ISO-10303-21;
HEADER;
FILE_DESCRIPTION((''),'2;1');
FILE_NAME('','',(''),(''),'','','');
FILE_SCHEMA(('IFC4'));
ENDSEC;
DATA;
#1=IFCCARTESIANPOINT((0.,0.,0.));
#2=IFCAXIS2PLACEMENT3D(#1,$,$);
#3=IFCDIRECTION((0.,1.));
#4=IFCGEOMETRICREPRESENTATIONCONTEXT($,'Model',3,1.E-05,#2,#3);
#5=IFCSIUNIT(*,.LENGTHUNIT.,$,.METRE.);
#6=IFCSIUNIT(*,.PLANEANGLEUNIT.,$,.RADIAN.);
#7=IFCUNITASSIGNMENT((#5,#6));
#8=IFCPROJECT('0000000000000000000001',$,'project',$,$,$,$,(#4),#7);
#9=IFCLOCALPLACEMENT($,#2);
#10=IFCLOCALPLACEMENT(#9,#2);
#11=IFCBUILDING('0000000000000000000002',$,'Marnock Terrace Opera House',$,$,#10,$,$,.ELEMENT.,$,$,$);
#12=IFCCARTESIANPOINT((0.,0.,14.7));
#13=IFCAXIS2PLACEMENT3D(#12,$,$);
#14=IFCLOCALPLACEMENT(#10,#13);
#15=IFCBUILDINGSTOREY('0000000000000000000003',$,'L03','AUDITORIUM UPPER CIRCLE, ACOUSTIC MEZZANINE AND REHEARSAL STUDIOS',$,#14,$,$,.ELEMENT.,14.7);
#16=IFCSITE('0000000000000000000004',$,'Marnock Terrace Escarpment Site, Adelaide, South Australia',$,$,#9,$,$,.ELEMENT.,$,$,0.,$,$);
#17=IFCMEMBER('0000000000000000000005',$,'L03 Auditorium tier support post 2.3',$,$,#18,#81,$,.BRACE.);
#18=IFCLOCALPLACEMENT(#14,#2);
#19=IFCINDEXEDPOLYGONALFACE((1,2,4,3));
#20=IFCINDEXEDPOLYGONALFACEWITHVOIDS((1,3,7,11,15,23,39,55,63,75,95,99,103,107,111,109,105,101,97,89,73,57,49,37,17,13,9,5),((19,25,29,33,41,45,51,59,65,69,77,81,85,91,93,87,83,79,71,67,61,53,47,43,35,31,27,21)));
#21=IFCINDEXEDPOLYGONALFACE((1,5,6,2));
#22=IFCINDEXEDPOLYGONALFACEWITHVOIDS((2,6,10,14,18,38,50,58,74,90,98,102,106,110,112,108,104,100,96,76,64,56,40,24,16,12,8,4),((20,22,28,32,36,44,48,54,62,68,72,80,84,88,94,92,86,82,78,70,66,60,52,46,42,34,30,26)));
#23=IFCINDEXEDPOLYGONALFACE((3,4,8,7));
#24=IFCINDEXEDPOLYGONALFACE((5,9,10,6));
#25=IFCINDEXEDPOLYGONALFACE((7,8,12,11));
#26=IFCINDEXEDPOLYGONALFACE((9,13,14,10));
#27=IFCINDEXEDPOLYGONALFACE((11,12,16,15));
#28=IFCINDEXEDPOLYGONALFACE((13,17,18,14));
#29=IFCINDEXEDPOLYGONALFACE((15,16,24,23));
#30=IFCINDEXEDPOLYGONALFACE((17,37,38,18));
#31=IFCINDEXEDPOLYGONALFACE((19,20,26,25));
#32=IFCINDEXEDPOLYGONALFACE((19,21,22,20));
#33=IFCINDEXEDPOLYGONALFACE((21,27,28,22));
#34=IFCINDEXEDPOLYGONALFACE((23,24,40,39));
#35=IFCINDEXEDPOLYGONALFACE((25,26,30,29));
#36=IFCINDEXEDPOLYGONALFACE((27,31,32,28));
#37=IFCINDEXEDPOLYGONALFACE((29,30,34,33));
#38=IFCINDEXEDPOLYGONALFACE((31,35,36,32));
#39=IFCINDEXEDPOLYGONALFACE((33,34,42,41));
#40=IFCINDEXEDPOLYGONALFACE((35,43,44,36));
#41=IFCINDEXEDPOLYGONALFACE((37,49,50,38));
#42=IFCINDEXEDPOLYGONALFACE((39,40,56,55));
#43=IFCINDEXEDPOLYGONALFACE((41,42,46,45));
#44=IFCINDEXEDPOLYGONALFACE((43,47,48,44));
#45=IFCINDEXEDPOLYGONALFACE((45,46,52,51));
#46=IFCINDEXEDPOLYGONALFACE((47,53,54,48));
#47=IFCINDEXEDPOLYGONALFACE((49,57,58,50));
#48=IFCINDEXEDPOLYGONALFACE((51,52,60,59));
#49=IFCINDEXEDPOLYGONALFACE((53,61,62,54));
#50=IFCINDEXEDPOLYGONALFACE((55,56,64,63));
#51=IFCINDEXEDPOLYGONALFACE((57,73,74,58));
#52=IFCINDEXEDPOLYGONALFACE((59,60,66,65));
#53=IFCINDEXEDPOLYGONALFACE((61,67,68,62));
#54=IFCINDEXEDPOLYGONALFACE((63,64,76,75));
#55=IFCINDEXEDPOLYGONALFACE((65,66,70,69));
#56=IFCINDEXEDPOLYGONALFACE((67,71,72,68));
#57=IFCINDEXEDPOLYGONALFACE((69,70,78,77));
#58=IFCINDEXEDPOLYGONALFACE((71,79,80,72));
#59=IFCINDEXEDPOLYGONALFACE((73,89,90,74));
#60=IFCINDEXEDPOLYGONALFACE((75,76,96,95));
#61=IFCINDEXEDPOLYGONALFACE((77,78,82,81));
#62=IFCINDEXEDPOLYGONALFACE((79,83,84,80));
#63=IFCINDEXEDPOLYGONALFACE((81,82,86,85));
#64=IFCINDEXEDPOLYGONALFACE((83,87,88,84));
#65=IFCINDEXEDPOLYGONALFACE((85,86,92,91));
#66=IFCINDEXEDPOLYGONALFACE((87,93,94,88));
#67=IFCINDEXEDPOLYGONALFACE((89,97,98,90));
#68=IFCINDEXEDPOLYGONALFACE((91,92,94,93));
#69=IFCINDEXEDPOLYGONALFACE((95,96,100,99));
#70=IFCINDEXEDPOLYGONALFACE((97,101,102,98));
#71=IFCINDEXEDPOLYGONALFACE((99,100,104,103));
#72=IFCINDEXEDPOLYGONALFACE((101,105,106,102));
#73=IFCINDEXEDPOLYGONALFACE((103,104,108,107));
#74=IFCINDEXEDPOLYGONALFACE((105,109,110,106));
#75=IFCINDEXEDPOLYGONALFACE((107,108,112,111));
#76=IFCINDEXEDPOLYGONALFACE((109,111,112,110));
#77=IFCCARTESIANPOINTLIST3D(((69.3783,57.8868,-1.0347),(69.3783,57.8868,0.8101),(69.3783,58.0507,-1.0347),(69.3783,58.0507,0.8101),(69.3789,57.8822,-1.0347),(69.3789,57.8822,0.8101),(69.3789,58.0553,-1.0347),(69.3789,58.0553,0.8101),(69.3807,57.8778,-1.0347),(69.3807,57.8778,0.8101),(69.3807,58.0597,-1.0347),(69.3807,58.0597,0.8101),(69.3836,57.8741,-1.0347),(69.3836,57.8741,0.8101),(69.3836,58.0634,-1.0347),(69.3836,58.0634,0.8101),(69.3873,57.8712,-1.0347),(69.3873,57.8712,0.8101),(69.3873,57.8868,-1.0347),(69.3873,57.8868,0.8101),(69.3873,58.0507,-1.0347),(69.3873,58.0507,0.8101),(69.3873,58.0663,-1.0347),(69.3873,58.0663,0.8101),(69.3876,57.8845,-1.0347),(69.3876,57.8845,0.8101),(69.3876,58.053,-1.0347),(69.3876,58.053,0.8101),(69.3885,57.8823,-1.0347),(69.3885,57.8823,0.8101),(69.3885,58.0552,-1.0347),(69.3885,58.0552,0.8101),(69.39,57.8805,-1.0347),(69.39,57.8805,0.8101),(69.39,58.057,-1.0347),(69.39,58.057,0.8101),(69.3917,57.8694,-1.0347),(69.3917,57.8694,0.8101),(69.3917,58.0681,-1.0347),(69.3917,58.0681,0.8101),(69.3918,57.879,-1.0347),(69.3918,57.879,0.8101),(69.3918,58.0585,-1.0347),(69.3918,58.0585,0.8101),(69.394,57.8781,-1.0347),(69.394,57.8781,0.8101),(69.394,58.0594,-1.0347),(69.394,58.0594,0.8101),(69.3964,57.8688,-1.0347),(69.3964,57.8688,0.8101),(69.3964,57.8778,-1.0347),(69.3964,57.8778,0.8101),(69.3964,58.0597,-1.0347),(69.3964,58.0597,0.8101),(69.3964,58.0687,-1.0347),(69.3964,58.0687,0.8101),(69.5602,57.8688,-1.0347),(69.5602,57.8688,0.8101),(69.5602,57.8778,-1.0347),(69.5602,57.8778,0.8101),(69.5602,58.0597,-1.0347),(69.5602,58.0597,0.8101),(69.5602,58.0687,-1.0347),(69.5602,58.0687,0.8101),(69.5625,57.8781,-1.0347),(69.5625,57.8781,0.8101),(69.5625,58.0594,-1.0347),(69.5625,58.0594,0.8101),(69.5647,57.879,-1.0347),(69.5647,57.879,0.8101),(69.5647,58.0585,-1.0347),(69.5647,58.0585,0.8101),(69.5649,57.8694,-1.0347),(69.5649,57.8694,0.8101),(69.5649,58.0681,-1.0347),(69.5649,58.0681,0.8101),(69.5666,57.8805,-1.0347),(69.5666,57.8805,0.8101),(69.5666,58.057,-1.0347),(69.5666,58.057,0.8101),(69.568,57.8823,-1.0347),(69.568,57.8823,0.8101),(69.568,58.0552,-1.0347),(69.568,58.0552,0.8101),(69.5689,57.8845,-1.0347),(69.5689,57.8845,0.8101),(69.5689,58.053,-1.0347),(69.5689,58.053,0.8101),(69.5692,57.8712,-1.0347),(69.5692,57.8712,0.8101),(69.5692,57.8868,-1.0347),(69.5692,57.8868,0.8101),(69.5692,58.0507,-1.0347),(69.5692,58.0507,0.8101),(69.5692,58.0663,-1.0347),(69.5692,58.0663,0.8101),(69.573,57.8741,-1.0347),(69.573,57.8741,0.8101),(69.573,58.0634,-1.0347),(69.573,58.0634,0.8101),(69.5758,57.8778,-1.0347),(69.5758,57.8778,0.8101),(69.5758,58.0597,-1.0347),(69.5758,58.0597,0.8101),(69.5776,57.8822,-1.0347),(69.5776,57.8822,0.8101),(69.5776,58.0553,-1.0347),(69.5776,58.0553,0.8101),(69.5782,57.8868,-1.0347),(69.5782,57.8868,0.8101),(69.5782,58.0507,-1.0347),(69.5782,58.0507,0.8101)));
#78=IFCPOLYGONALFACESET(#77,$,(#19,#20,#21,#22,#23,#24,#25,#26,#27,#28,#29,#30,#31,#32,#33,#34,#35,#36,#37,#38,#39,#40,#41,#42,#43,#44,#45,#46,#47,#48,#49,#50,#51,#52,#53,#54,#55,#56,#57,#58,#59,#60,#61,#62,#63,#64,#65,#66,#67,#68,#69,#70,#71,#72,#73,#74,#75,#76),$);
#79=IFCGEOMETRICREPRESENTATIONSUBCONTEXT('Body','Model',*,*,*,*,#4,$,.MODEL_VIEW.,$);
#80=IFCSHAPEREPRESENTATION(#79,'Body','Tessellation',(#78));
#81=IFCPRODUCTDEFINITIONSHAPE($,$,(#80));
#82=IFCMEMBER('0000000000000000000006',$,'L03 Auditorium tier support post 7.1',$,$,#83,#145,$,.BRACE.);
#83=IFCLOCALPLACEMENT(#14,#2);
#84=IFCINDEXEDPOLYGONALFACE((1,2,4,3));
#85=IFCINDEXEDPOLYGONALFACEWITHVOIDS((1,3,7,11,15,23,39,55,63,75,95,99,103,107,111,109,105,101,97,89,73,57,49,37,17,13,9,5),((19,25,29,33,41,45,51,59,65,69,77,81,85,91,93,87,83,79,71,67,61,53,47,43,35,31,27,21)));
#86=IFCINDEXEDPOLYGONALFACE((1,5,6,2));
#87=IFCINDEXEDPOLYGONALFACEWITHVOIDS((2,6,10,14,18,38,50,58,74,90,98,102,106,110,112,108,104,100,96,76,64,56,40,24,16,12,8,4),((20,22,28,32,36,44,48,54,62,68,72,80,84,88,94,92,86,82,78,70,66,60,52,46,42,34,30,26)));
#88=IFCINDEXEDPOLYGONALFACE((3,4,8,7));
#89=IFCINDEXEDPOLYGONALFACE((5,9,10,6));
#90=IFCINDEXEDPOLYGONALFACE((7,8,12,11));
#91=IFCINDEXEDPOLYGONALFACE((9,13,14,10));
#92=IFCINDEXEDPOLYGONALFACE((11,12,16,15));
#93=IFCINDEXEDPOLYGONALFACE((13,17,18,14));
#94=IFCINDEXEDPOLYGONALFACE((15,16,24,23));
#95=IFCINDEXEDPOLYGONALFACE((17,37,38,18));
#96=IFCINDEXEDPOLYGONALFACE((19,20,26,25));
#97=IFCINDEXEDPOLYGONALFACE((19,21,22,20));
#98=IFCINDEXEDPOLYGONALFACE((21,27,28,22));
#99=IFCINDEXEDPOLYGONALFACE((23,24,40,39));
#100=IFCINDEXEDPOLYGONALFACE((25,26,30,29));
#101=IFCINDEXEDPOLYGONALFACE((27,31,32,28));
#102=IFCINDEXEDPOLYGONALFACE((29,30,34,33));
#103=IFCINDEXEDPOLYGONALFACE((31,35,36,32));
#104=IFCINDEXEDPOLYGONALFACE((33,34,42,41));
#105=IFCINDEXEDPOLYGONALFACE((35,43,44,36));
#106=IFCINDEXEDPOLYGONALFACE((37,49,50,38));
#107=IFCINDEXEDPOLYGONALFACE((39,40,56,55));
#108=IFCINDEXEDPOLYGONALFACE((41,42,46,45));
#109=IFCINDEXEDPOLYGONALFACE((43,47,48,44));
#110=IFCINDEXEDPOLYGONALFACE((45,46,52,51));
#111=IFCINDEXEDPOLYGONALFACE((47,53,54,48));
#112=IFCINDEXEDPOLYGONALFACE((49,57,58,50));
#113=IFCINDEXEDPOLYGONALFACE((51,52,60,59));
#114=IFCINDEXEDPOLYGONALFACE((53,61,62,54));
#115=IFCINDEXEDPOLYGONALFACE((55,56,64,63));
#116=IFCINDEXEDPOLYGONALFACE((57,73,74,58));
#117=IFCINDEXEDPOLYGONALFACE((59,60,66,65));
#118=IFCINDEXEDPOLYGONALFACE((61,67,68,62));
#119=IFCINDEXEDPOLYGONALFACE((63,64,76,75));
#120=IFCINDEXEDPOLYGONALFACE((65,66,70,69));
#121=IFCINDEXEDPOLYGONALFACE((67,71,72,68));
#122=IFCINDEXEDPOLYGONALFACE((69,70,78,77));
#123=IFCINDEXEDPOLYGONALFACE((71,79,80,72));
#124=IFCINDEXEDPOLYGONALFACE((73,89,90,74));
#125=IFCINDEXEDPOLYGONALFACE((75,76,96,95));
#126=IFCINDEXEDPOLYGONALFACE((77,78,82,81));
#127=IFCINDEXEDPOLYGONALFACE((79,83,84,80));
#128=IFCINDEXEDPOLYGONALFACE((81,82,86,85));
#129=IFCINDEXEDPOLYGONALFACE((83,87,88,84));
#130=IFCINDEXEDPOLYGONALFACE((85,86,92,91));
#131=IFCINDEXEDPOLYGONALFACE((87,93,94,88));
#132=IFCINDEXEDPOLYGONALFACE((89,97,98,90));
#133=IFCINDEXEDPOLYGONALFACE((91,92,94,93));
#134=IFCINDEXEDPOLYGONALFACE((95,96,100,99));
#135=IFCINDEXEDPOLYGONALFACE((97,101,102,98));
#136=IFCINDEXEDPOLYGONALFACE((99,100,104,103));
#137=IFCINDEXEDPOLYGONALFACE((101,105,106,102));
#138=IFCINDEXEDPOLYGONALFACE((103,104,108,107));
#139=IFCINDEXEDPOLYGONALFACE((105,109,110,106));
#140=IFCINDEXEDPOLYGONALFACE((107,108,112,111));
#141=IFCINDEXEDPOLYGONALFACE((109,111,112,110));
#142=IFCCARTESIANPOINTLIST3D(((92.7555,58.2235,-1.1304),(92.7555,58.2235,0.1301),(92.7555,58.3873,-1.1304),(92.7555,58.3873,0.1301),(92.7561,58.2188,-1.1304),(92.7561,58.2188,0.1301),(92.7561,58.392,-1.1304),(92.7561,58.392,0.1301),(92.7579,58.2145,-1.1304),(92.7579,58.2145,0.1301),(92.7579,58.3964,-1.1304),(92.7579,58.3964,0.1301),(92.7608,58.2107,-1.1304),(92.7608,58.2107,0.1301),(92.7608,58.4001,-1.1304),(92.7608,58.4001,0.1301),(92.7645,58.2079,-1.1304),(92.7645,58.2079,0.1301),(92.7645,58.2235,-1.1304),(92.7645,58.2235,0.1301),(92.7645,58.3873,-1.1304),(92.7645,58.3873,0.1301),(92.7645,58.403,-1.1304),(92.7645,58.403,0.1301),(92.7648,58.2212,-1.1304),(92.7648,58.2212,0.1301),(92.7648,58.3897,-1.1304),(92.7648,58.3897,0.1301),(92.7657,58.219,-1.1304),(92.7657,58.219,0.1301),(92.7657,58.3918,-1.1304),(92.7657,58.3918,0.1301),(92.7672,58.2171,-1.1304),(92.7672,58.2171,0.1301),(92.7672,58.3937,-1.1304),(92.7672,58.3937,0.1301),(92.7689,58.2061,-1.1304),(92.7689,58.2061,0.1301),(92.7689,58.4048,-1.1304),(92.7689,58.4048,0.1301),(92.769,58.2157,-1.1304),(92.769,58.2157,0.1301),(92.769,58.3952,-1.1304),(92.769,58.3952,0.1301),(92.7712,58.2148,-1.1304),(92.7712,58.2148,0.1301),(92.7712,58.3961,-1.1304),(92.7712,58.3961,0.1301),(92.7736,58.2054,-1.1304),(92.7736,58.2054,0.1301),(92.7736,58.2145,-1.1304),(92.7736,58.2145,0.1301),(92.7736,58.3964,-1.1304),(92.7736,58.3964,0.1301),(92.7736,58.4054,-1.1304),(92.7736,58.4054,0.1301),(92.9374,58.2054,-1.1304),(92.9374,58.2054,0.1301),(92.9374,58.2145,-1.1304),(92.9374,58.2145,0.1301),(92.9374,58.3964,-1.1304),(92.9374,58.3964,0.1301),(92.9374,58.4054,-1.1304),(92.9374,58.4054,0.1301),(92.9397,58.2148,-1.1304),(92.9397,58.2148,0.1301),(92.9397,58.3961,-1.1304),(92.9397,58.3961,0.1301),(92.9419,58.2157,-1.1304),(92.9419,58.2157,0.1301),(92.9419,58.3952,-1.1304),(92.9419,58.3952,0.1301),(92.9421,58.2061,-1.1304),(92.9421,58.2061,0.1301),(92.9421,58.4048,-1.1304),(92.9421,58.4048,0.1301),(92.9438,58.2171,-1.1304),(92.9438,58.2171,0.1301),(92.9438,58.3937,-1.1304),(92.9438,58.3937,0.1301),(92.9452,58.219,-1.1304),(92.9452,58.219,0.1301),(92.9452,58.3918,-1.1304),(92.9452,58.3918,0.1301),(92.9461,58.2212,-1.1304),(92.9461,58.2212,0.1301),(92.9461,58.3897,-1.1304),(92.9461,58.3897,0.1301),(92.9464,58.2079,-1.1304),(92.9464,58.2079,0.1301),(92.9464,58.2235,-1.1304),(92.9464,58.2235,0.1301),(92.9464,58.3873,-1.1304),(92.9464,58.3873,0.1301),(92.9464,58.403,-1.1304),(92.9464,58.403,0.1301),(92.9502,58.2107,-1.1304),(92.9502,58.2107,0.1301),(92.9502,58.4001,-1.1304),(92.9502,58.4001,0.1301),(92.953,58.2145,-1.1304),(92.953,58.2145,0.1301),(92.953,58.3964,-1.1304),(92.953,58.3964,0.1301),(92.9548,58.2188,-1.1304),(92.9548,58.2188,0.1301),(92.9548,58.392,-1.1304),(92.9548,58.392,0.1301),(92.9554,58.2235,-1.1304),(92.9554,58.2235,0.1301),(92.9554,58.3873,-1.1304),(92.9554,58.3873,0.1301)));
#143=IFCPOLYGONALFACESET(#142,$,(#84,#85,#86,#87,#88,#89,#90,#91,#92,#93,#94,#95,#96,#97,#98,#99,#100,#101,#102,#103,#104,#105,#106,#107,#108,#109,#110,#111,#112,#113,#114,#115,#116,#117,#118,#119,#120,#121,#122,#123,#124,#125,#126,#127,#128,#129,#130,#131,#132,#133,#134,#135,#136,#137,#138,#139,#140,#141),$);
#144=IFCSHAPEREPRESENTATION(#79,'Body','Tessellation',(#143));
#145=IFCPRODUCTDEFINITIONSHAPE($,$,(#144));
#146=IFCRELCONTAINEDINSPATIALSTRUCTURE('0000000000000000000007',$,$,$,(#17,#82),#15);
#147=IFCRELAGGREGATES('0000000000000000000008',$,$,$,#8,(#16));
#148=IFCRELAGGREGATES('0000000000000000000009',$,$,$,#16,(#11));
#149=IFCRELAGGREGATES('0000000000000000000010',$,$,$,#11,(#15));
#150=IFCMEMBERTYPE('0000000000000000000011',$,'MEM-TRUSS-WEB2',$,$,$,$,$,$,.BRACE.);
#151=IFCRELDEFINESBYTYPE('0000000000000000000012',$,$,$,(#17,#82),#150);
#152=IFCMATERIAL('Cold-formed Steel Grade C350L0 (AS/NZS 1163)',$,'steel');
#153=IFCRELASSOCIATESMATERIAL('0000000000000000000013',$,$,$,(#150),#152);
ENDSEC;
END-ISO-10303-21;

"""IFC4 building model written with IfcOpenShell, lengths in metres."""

from ifc_helpers import new_model, si_unit, direction, frame, origin, origin_2d, place, context, subcontext, project, spatial, hollow_rectangle, extrude, material, material_profile, profile_set, type_object, element, save


model = new_model("IFC4")

# Units and contexts
model_context = context("Model", 3, precision=1e-05, world=origin(), true_north=direction((0.0, 1.0)))
body_context = subcontext(model_context, "Body", "Model", "MODEL_VIEW")
ifc_project = project(units=[si_unit("LENGTHUNIT", "METRE"), si_unit("PLANEANGLEUNIT", "RADIAN")], contexts=[model_context])

# Site, building, storey
site_placement = place(None, origin())
site = spatial("IfcSite", under=ifc_project, at=site_placement, Name="Marnock Terrace Escarpment Site, Adelaide, South Australia", CompositionType="ELEMENT", RefElevation=0.0)
building_placement = place(site_placement, origin())
building = spatial("IfcBuilding", under=site, at=building_placement, Name="Marnock Terrace Opera House", CompositionType="ELEMENT")
storey_placement = place(building_placement, frame((0.0, 0.0, 14.7)))
storey = spatial("IfcBuildingStorey", under=building, at=storey_placement, Name="L03", Description="AUDITORIUM UPPER CIRCLE, ACOUSTIC MEZZANINE AND REHEARSAL STUDIOS", CompositionType="ELEMENT", Elevation=14.7)

# Members
ifc_material_1 = material(Name="Cold-formed Steel Grade C350L0 (AS/NZS 1163)", Category="steel")
ifc_material_profile_1 = material_profile(ifc_material_1, hollow_rectangle(XDim=0.2, YDim=0.2, WallThickness=0.009, InnerFilletRadius=0.009, OuterFilletRadius=0.0181, at=origin_2d()))
ifc_profile_set_1 = profile_set([ifc_material_profile_1], Name="Cold-formed Steel Grade C350L0 (AS/NZS 1163)")
member_type = type_object("IfcMemberType", Name="MEM-TRUSS-WEB2", PredefinedType="BRACE", material=ifc_profile_set_1)
member_1_placement = place(storey_placement, frame((69.4783, 57.9688, -1.0347), z_axis=(0.0, 0.0, 1.0), x_axis=(1.0, 0.0, 0.0)))
element("IfcMember", 1, at=member_1_placement, inside=storey, type_object=member_type, Name="L03 Auditorium tier support post 2.3", PredefinedType="BRACE", context=body_context, shape_type="SweptSolid", body=[
    extrude(hollow_rectangle(XDim=0.2, YDim=0.2, WallThickness=0.009, InnerFilletRadius=0.009, OuterFilletRadius=0.0181, at=origin_2d()), origin(), (0.0, 0.0, 1.0), 1.8447),
])
member_2_placement = place(storey_placement, frame((92.8555, 58.3054, -1.1304), z_axis=(0.0, 0.0, 1.0), x_axis=(1.0, 0.0, 0.0)))
element("IfcMember", 2, at=member_2_placement, inside=storey, type_object=member_type, Name="L03 Auditorium tier support post 7.1", PredefinedType="BRACE", context=body_context, shape_type="SweptSolid", body=[
    extrude(hollow_rectangle(XDim=0.2, YDim=0.2, WallThickness=0.009, InnerFilletRadius=0.009, OuterFilletRadius=0.0181, at=origin_2d()), origin(), (0.0, 0.0, 1.0), 1.2605),
])

save(model, "model.ifc")
